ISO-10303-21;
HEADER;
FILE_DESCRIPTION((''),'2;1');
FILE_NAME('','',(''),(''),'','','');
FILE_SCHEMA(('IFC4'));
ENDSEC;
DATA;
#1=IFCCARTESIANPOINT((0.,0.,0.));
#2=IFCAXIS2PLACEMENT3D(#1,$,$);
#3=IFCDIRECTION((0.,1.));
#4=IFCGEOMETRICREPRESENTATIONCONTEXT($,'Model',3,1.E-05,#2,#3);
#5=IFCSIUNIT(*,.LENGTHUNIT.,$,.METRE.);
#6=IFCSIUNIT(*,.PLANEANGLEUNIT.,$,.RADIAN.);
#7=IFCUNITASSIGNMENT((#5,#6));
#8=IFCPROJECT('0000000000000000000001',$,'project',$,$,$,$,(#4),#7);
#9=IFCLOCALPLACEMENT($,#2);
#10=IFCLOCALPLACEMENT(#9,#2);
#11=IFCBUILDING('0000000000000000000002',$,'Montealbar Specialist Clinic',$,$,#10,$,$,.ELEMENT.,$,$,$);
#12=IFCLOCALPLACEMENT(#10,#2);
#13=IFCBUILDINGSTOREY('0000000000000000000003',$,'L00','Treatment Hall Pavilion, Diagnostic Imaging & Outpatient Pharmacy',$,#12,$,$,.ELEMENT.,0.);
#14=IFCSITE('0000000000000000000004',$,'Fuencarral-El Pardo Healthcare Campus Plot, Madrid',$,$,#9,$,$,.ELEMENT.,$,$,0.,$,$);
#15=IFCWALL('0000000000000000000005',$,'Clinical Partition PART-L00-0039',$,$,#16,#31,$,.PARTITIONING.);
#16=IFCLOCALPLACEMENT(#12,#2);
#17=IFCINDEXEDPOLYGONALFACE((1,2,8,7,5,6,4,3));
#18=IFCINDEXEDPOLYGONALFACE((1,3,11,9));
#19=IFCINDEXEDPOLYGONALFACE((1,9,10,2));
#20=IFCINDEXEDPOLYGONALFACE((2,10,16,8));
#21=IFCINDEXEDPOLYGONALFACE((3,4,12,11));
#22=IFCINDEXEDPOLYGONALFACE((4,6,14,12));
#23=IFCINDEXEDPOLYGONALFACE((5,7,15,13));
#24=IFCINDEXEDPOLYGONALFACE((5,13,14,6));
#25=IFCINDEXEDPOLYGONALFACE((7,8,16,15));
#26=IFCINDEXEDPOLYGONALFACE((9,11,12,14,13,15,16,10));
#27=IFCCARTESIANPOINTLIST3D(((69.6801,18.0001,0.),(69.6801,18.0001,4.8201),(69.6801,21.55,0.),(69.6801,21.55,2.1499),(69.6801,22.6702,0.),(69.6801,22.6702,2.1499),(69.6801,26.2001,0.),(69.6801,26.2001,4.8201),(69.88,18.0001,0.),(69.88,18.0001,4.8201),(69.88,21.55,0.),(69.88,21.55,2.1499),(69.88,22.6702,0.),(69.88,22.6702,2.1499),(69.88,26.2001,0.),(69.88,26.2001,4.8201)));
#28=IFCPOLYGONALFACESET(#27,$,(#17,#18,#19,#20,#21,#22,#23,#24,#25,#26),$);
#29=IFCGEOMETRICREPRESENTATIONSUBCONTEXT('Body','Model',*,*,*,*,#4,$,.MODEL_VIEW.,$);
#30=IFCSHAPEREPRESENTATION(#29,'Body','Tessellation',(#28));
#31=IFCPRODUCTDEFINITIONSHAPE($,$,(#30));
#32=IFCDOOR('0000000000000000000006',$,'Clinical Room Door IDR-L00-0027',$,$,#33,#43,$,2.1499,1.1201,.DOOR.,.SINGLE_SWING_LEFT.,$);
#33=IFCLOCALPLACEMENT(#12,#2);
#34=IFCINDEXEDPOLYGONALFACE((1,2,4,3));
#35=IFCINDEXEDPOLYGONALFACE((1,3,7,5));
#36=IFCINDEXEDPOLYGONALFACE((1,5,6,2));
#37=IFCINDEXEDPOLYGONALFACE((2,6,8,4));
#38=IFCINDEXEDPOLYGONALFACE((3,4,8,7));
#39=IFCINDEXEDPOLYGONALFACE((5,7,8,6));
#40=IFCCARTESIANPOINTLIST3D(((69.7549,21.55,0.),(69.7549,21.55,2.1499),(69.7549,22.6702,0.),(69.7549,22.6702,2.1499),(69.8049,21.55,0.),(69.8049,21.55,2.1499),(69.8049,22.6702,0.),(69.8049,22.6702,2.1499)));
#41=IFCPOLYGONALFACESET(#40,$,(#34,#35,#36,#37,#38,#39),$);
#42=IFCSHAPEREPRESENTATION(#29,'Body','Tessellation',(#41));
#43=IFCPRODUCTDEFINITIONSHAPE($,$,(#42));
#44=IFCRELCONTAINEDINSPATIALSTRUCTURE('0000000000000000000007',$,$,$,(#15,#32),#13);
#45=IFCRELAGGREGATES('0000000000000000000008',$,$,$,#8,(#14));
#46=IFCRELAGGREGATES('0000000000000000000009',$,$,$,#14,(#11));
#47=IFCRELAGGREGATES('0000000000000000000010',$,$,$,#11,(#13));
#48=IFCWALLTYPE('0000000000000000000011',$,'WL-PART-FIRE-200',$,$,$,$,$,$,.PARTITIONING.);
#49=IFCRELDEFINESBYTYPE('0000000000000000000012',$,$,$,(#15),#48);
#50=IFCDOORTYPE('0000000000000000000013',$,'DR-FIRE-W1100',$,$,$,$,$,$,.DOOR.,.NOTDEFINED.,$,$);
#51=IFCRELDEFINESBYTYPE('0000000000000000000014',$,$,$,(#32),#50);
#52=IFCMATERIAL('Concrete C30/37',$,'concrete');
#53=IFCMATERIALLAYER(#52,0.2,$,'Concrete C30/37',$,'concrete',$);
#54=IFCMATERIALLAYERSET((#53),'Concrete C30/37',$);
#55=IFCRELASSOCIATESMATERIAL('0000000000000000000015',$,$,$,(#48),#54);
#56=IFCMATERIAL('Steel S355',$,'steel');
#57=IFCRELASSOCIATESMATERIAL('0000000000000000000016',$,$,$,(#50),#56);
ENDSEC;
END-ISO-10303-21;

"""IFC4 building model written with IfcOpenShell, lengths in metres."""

from ifc_helpers import new_model, si_unit, direction, frame, frame_2d, origin, place, context, subcontext, project, spatial, rectangle, extrude, material, layer, layer_set, type_object, element, fill, save


model = new_model("IFC4")

# Units and contexts
model_context = context("Model", 3, precision=1e-05, world=origin(), true_north=direction((0.0, 1.0)))
body_context = subcontext(model_context, "Body", "Model", "MODEL_VIEW")
ifc_project = project(units=[si_unit("LENGTHUNIT", "METRE"), si_unit("PLANEANGLEUNIT", "RADIAN")], contexts=[model_context])

# Site, building, storey
site_placement = place(None, origin())
site = spatial("IfcSite", under=ifc_project, at=site_placement, Name="Fuencarral-El Pardo Healthcare Campus Plot, Madrid", CompositionType="ELEMENT", RefElevation=0.0)
building_placement = place(site_placement, origin())
building = spatial("IfcBuilding", under=site, at=building_placement, Name="Montealbar Specialist Clinic", CompositionType="ELEMENT")
storey_placement = place(building_placement, origin())
storey = spatial("IfcBuildingStorey", under=building, at=storey_placement, Name="L00", Description="Treatment Hall Pavilion, Diagnostic Imaging & Outpatient Pharmacy", CompositionType="ELEMENT", Elevation=0.0)

# Shared definitions
ifc_material_1 = material(Name="Steel S355", Category="steel")

# Wall, opening, door
ifc_material_2 = material(Name="Concrete C30/37", Category="concrete")
ifc_layer_1 = layer(ifc_material_2, 0.2, Name="Concrete C30/37", Category="concrete")
ifc_layer_set_1 = layer_set([ifc_layer_1], Name="Concrete C30/37")
wall_type_1 = type_object("IfcWallType", Name="WL-PART-FIRE-200", PredefinedType="PARTITIONING", material=ifc_layer_set_1)
door_type_1 = type_object("IfcDoorType", Name="DR-FIRE-W1100", OperationType="NOTDEFINED", PredefinedType="DOOR", material=ifc_material_1)
wall_1_placement = place(storey_placement, frame((69.78, 18.0, 0.0), z_axis=(0.0, 0.0, 1.0), x_axis=(0.0, 1.0, 0.0)))
wall_1 = element("IfcWall", 1, at=wall_1_placement, inside=storey, type_object=wall_type_1, Name="Clinical Partition PART-L00-0039", PredefinedType="PARTITIONING", context=body_context, shape_type="SweptSolid", body=[
    extrude(rectangle(XDim=8.2, YDim=0.2, at=frame_2d((4.1001, 0.0))), origin(), (0.0, 0.0, 1.0), 4.8201),
])
opening_1_placement = place(wall_1_placement, frame((3.55, 0.0, 0.0)))
opening_1 = element("IfcOpeningElement", 2, at=opening_1_placement, cuts=wall_1, PredefinedType="OPENING", context=body_context, shape_type="SweptSolid", body=[
    extrude(rectangle(XDim=1.1201, YDim=2.1499, at=frame_2d((0.5601, 1.075))), frame((0.0, 0.1099, 0.0), z_axis=(0.0, -1.0, 0.0), x_axis=(1.0, 0.0, 0.0)), (0.0, 0.0, 1.0), 0.22),
])
door_1_placement = place(opening_1_placement, frame((1.1201, 0.0, 0.0), z_axis=(0.0, 0.0, 1.0), x_axis=(-1.0, 0.0, 0.0)))
door_1 = element("IfcDoor", 3, at=door_1_placement, inside=storey, type_object=door_type_1, Name="Clinical Room Door IDR-L00-0027", OperationType="SINGLE_SWING_LEFT", OverallHeight=2.1499, OverallWidth=1.1201, PredefinedType="DOOR", context=body_context, shape_type="SweptSolid", body=[
    extrude(rectangle(XDim=1.1201, YDim=2.1499, at=frame_2d((0.5601, 1.075))), frame((0.0, 0.0249, 0.0), z_axis=(0.0, -1.0, 0.0), x_axis=(1.0, 0.0, 0.0)), (0.0, 0.0, 1.0), 0.05),
])
fill(opening_1, door_1)

save(model, "model.ifc")
